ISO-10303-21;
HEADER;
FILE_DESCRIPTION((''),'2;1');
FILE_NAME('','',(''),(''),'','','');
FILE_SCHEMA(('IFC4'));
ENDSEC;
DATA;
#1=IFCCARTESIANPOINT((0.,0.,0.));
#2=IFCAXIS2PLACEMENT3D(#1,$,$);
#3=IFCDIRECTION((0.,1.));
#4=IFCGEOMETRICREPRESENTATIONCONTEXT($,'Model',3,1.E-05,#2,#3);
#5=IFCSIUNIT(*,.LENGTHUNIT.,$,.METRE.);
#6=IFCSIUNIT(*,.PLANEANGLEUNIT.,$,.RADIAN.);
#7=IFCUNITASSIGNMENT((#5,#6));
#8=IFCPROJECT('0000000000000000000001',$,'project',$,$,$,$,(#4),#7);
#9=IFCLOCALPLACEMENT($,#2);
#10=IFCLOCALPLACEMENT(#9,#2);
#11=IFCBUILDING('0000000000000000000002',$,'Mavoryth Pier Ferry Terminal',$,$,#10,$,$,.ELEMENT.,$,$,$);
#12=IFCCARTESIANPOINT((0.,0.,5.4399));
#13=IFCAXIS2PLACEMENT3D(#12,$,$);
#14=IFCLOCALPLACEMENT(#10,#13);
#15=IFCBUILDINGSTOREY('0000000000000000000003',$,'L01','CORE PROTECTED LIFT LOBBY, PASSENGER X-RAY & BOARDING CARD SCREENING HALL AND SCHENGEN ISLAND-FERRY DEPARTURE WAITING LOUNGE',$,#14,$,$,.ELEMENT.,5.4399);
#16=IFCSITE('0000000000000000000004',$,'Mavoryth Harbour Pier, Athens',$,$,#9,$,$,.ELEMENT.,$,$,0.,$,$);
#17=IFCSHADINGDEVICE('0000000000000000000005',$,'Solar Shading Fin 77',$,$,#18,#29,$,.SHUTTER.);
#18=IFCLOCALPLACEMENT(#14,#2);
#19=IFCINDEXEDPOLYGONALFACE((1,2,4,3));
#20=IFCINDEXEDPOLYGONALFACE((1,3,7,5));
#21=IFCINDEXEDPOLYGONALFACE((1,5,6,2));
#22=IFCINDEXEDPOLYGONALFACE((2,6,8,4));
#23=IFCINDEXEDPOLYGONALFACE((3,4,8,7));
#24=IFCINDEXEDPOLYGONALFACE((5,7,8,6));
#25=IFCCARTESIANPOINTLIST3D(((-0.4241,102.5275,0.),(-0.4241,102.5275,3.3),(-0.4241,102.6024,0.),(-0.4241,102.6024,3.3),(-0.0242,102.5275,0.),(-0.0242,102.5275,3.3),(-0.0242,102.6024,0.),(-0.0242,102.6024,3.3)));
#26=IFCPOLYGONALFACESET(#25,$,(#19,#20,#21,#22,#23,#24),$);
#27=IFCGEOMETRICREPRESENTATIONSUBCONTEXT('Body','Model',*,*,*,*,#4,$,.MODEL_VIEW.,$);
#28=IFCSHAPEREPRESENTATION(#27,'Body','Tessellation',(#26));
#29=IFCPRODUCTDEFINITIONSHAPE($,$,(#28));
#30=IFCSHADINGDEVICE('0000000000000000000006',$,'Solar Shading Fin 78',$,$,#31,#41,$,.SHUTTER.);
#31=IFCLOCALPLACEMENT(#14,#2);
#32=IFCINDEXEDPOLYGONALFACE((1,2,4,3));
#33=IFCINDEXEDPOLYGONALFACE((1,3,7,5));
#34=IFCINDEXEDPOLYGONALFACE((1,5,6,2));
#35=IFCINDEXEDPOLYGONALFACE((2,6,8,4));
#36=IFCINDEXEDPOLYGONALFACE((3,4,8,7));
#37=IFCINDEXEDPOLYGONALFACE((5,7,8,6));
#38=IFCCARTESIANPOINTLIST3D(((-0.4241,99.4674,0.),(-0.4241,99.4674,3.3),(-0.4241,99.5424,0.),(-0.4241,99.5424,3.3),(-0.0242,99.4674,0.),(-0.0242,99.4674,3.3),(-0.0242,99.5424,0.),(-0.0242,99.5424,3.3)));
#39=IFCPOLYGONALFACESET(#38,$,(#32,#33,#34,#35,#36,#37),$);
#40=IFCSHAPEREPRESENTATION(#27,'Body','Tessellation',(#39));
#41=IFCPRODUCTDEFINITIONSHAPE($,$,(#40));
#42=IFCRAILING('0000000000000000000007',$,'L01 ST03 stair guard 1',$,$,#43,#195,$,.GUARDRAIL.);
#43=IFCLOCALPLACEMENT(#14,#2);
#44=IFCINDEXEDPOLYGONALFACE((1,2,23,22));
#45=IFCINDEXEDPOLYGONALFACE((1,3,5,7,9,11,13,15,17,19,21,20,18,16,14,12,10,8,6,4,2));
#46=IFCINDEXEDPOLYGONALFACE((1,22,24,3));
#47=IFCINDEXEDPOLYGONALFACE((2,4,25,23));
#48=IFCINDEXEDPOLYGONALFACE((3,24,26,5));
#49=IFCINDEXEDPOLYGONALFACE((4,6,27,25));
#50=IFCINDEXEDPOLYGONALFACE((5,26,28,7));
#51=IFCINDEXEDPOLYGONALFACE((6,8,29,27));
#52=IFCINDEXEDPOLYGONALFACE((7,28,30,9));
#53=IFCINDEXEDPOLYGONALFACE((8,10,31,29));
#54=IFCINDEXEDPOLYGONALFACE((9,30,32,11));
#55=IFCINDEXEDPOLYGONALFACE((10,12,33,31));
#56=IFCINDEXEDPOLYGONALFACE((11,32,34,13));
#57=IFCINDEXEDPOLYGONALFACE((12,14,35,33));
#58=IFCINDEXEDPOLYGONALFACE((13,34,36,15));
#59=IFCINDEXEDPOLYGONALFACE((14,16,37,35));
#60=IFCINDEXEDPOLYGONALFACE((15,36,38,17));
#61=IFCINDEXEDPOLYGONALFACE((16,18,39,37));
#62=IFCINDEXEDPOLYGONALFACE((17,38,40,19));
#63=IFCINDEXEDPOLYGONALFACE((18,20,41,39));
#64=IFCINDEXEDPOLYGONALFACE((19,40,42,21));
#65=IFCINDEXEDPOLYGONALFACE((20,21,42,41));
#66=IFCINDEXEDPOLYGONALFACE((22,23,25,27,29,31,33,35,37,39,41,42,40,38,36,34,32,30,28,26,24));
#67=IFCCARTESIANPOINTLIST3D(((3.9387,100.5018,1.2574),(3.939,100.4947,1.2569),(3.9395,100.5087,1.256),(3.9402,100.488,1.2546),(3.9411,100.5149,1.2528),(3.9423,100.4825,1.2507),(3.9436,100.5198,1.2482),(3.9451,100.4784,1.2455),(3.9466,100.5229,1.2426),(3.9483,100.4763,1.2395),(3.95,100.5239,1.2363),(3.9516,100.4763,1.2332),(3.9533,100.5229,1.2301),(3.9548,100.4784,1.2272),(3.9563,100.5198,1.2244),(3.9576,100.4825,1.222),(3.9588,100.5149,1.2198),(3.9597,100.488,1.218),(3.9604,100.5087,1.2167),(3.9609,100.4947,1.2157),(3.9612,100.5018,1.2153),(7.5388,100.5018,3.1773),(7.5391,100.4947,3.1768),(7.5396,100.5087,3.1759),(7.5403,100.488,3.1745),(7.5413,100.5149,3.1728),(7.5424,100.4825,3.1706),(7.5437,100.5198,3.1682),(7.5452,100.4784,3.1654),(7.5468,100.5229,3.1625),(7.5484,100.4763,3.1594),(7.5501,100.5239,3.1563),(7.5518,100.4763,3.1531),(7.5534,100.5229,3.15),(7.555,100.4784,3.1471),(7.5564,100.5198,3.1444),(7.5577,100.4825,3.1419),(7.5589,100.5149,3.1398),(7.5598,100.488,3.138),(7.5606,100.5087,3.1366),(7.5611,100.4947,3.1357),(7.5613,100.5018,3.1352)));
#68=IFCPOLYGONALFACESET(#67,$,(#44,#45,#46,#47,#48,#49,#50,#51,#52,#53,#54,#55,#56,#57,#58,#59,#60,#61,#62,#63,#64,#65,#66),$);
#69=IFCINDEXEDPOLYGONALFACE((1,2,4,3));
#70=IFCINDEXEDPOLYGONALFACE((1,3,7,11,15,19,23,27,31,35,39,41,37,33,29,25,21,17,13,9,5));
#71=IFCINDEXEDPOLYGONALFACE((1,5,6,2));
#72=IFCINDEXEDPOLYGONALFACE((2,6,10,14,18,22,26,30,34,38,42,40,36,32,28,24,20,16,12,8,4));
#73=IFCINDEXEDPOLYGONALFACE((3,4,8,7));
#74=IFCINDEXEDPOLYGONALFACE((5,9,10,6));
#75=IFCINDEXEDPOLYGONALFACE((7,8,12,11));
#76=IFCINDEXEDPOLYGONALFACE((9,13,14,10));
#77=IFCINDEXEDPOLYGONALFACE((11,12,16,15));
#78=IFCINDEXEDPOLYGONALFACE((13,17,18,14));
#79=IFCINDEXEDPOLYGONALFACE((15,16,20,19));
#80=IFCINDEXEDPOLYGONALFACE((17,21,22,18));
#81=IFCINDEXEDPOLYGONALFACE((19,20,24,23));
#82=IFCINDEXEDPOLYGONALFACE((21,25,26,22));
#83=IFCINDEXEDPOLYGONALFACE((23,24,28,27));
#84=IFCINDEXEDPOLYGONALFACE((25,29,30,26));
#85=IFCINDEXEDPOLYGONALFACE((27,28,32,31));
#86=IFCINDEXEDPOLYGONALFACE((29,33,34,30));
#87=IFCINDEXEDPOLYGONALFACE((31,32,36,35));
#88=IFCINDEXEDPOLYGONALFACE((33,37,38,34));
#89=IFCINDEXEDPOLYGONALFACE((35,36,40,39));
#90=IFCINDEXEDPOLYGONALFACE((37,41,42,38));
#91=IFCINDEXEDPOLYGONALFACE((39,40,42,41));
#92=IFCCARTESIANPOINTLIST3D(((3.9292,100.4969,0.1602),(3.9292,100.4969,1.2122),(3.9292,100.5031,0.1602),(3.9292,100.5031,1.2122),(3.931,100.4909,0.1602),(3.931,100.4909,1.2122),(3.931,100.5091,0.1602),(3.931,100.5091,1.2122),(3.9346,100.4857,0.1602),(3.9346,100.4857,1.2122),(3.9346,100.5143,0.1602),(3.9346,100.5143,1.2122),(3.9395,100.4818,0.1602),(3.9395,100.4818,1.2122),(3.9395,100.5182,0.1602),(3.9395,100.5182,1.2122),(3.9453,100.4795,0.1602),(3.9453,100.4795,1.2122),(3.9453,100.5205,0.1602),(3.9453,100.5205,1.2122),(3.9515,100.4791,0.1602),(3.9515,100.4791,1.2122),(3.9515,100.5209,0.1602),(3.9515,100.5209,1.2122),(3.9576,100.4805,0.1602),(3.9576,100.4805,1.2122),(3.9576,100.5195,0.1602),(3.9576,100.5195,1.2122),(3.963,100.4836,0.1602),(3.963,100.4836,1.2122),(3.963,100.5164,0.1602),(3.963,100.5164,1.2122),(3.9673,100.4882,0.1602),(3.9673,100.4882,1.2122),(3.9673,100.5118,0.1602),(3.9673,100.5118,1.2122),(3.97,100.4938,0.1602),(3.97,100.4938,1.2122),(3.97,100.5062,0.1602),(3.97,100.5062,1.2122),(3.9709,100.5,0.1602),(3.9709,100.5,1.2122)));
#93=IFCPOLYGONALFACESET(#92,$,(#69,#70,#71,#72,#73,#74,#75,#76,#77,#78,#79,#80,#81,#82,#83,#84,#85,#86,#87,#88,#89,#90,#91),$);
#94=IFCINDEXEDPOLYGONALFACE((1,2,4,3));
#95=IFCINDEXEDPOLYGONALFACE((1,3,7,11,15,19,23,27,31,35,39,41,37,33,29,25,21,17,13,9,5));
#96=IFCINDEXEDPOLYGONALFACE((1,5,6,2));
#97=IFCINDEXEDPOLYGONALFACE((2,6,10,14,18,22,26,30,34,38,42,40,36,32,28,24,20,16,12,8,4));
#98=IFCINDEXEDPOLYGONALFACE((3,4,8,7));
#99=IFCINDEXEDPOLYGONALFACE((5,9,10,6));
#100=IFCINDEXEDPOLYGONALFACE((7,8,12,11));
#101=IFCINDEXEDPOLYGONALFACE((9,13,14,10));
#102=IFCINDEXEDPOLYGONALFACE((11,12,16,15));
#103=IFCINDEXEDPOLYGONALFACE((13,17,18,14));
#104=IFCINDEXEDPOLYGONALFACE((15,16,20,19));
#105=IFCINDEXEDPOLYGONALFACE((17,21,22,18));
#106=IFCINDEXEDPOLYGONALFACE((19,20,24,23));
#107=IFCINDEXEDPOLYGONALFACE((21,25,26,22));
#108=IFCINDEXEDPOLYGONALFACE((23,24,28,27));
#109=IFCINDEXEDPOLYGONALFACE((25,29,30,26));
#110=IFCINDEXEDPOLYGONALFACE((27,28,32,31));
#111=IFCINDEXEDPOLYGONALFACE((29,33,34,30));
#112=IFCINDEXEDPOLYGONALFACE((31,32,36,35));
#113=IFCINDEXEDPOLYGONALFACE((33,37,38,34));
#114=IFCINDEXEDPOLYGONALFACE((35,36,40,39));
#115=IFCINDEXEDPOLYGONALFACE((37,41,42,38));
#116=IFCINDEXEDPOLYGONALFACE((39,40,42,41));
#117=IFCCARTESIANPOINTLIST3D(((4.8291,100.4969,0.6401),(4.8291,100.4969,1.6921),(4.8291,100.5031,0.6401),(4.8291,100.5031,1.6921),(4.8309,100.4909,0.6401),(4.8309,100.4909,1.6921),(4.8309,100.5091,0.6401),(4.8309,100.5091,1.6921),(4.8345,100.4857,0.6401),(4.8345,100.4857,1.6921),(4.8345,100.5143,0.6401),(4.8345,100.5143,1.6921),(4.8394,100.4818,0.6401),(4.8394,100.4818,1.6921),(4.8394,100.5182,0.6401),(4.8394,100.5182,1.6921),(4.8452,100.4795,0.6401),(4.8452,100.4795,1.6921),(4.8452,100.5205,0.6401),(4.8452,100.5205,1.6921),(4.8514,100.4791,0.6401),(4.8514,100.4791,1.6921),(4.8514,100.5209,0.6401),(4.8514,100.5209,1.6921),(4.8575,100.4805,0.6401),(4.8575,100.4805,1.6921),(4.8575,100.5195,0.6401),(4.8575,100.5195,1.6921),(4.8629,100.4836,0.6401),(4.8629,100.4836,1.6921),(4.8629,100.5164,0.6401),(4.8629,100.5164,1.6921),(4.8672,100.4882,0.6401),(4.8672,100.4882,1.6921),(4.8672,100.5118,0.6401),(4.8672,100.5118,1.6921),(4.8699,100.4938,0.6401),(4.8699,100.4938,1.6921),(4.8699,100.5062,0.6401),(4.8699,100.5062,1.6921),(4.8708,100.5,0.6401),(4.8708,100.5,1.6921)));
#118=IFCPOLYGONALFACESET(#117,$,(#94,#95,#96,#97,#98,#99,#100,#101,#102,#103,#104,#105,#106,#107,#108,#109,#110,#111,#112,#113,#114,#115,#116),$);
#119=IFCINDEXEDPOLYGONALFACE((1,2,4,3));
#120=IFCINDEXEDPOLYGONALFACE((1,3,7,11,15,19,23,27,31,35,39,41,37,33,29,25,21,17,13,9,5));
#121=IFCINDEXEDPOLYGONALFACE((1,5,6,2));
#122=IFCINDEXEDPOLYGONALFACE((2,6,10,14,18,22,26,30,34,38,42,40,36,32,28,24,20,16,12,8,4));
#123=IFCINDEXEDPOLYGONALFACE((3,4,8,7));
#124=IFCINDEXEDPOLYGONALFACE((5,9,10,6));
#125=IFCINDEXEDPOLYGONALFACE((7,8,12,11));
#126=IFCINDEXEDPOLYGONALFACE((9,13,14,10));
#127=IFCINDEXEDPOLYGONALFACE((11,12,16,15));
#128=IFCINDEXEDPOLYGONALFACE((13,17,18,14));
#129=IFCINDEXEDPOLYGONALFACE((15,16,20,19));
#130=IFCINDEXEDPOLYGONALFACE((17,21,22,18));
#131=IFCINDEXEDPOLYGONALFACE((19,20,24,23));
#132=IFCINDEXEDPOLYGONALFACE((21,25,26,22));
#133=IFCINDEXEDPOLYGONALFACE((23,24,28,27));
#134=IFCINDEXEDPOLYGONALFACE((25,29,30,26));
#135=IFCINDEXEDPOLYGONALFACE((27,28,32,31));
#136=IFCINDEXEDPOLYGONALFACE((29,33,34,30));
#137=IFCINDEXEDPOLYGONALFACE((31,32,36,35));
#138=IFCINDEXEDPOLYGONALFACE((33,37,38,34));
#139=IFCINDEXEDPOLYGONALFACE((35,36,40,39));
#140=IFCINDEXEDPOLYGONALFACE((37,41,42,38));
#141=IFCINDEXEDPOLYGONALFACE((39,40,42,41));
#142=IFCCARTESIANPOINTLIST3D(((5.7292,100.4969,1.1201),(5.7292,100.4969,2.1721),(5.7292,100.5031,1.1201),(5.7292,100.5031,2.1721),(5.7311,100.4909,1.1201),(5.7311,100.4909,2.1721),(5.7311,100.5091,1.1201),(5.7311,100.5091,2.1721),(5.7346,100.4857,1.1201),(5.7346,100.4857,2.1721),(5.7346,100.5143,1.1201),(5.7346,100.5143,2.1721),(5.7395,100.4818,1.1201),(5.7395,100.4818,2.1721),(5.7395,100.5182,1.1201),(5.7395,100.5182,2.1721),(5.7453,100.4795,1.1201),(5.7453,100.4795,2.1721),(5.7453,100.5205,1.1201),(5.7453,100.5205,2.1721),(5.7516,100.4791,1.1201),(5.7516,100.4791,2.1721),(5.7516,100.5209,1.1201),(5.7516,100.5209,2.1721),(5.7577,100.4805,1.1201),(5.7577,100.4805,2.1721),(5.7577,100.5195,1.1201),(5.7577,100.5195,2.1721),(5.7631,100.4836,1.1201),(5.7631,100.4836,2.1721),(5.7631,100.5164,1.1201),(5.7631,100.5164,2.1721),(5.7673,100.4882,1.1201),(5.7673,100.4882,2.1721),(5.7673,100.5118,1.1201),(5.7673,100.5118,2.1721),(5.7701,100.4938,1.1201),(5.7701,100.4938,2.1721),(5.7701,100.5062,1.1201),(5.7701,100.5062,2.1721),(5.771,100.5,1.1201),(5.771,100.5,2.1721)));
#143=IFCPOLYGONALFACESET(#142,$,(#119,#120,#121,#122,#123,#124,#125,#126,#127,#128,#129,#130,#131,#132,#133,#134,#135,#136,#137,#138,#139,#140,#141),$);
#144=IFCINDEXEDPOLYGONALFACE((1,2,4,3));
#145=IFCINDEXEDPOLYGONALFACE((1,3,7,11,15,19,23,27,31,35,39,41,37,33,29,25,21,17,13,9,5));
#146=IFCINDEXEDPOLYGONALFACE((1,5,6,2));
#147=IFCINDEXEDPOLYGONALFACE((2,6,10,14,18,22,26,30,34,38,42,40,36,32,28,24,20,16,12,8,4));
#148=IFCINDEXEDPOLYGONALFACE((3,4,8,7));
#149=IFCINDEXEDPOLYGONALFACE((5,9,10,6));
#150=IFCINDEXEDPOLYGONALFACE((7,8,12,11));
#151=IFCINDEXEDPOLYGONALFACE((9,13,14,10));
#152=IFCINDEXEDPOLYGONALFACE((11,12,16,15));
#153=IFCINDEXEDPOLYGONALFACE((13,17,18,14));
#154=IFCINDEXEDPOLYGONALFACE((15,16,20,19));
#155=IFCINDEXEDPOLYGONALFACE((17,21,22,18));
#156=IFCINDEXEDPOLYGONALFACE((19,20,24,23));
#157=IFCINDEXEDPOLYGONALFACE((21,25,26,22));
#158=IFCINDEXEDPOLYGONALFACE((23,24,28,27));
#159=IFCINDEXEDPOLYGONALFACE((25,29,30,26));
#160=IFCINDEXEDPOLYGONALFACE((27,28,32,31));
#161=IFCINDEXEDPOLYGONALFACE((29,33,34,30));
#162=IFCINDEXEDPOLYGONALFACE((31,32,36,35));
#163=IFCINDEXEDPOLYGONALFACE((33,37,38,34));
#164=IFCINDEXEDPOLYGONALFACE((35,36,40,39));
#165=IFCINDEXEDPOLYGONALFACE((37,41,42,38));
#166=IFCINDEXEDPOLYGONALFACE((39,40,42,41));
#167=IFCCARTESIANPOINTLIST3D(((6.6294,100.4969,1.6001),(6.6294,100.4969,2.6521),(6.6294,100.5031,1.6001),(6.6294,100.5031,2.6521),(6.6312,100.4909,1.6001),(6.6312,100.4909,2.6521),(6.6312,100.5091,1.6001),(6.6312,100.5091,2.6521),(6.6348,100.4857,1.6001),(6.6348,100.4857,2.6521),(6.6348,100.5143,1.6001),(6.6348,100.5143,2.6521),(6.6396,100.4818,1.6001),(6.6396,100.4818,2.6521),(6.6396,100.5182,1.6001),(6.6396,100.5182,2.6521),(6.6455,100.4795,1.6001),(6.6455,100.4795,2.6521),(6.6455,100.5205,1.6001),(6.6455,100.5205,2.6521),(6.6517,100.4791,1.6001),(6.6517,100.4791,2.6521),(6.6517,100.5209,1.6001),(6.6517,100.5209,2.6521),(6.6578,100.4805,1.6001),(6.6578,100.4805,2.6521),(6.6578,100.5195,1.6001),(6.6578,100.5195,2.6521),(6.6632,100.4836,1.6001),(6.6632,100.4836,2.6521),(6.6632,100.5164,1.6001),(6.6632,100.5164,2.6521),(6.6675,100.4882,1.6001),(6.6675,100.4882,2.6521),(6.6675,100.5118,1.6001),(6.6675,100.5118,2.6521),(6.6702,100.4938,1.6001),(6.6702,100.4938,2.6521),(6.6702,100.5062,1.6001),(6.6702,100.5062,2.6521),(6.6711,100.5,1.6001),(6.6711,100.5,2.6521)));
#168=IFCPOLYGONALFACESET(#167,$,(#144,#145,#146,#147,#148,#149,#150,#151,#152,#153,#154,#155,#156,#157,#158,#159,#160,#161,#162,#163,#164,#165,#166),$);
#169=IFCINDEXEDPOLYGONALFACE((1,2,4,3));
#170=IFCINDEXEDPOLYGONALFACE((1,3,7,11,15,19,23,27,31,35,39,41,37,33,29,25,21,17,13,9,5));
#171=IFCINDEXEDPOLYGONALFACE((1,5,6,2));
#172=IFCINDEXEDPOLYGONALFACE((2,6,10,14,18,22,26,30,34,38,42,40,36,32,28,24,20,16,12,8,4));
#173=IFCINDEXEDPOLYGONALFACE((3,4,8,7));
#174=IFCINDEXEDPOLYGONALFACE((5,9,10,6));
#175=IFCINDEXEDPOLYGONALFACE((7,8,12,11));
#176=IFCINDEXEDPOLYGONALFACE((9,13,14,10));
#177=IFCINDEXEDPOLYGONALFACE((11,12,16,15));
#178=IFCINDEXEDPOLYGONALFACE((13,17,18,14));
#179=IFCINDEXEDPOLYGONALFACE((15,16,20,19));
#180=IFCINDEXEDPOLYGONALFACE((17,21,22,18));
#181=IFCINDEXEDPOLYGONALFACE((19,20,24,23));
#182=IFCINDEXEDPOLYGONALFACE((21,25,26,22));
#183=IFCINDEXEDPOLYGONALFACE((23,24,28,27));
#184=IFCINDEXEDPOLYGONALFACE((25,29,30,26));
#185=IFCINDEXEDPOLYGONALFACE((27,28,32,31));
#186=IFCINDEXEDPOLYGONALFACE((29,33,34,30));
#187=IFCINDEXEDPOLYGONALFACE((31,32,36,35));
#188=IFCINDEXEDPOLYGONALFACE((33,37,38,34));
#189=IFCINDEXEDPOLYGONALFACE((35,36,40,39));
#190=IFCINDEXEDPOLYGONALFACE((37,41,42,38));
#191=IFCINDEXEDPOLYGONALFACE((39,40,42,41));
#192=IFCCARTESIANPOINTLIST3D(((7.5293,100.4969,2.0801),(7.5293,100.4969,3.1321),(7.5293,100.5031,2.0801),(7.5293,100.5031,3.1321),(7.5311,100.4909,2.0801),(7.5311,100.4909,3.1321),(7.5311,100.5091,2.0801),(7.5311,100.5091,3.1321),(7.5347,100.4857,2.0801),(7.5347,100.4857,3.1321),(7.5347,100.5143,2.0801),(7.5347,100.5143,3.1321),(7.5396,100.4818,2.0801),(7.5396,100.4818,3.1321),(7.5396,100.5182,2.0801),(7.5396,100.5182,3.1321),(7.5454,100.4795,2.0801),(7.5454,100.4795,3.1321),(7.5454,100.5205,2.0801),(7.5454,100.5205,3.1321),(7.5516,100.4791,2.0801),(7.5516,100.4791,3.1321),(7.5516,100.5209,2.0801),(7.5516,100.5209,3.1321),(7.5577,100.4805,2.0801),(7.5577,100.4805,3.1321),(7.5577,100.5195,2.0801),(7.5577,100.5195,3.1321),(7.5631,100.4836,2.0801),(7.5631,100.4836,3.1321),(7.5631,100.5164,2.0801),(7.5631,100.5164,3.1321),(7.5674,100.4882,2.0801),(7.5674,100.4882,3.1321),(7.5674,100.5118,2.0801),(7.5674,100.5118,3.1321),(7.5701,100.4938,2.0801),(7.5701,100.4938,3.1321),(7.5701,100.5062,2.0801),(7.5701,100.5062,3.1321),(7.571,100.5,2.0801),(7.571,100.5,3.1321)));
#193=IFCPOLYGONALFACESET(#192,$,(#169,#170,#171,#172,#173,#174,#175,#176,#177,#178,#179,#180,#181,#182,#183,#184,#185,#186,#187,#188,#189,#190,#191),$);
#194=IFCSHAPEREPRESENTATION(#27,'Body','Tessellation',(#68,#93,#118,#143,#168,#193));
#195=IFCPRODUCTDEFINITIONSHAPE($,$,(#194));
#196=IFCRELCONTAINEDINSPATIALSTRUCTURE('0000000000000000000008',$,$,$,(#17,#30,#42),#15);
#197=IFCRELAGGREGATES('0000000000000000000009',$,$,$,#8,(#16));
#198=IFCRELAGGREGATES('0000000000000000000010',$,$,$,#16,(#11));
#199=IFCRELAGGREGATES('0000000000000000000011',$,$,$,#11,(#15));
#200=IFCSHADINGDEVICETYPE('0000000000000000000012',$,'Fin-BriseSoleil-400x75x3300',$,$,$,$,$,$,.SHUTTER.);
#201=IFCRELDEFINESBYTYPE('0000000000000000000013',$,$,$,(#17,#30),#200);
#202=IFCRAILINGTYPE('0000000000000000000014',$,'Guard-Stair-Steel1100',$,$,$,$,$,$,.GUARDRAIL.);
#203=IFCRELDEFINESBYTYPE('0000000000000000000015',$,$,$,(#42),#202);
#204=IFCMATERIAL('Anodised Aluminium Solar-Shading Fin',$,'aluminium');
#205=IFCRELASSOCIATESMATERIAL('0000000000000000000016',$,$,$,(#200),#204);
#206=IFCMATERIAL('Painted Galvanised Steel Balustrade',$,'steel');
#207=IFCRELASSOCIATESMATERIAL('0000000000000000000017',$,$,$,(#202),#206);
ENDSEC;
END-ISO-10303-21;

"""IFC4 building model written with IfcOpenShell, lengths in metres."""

from ifc_helpers import new_model, si_unit, direction, frame, origin, origin_2d, place, context, subcontext, project, spatial, rectangle, circle, extrude, material, type_object, element, save


model = new_model("IFC4")

# Units and contexts
model_context = context("Model", 3, precision=1e-05, world=origin(), true_north=direction((0.0, 1.0)))
body_context = subcontext(model_context, "Body", "Model", "MODEL_VIEW")
ifc_project = project(units=[si_unit("LENGTHUNIT", "METRE"), si_unit("PLANEANGLEUNIT", "RADIAN")], contexts=[model_context])

# Site, building, storey
site_placement = place(None, origin())
site = spatial("IfcSite", under=ifc_project, at=site_placement, Name="Mavoryth Harbour Pier, Athens", CompositionType="ELEMENT", RefElevation=0.0)
building_placement = place(site_placement, origin())
building = spatial("IfcBuilding", under=site, at=building_placement, Name="Mavoryth Pier Ferry Terminal", CompositionType="ELEMENT")
storey_placement = place(building_placement, frame((0.0, 0.0, 5.4399)))
storey = spatial("IfcBuildingStorey", under=building, at=storey_placement, Name="L01", Description="CORE PROTECTED LIFT LOBBY, PASSENGER X-RAY & BOARDING CARD SCREENING HALL AND SCHENGEN ISLAND-FERRY DEPARTURE WAITING LOUNGE", CompositionType="ELEMENT", Elevation=5.4399)

# Shading devices
ifc_material_1 = material(Name="Anodised Aluminium Solar-Shading Fin", Category="aluminium")
shading_device_type = type_object("IfcShadingDeviceType", Name="Fin-BriseSoleil-400x75x3300", PredefinedType="SHUTTER", material=ifc_material_1)
for number, where, z_axis, x_axis, name in (
    (1, (-0.2241, 102.5649, 0.0), (0.0, 0.0, 1.0), (0.0, -1.0, 0.0), "Solar Shading Fin 77"),
    (2, (-0.2241, 99.5049, 0.0), (0.0, 0.0, 1.0), (0.0, -1.0, 0.0), "Solar Shading Fin 78"),
):
    element("IfcShadingDevice", number, at=place(storey_placement, frame(where, z_axis=z_axis, x_axis=x_axis)), inside=storey, type_object=shading_device_type, Name=name, PredefinedType="SHUTTER", context=body_context, shape_type="SweptSolid", body=[
        extrude(rectangle(XDim=0.075, YDim=0.3999, at=origin_2d()), origin(), (0.0, 0.0, 1.0), 3.3),
    ])

# Railing
ifc_material_2 = material(Name="Painted Galvanised Steel Balustrade", Category="steel")
railing_type_1 = type_object("IfcRailingType", Name="Guard-Stair-Steel1100", PredefinedType="GUARDRAIL", material=ifc_material_2)
railing_1_placement = place(storey_placement, frame((3.95, 100.5, 0.1602)))
element("IfcRailing", 3, at=railing_1_placement, inside=storey, type_object=railing_type_1, Name="L01 ST03 stair guard 1", PredefinedType="GUARDRAIL", context=body_context, shape_type="SweptSolid", body=[
    extrude(circle(Radius=0.0239, at=origin_2d()), frame((0.0, 0.0, 1.0762), z_axis=(0.882366, 0.0, 0.470563), x_axis=(0.0, 1.0, 0.0)), (0.0, 0.0, 1.0), 4.0801),
    extrude(circle(Radius=0.021, at=origin_2d()), origin(), (0.0, 0.0, 1.0), 1.052),
    extrude(circle(Radius=0.021, at=origin_2d()), frame((0.8999, 0.0, 0.48)), (0.0, 0.0, 1.0), 1.052),
    extrude(circle(Radius=0.021, at=origin_2d()), frame((1.8, 0.0, 0.96)), (0.0, 0.0, 1.0), 1.052),
    extrude(circle(Radius=0.021, at=origin_2d()), frame((2.7002, 0.0, 1.4399)), (0.0, 0.0, 1.0), 1.052),
    extrude(circle(Radius=0.021, at=origin_2d()), frame((3.6001, 0.0, 1.9199)), (0.0, 0.0, 1.0), 1.052),
])

save(model, "model.ifc")
